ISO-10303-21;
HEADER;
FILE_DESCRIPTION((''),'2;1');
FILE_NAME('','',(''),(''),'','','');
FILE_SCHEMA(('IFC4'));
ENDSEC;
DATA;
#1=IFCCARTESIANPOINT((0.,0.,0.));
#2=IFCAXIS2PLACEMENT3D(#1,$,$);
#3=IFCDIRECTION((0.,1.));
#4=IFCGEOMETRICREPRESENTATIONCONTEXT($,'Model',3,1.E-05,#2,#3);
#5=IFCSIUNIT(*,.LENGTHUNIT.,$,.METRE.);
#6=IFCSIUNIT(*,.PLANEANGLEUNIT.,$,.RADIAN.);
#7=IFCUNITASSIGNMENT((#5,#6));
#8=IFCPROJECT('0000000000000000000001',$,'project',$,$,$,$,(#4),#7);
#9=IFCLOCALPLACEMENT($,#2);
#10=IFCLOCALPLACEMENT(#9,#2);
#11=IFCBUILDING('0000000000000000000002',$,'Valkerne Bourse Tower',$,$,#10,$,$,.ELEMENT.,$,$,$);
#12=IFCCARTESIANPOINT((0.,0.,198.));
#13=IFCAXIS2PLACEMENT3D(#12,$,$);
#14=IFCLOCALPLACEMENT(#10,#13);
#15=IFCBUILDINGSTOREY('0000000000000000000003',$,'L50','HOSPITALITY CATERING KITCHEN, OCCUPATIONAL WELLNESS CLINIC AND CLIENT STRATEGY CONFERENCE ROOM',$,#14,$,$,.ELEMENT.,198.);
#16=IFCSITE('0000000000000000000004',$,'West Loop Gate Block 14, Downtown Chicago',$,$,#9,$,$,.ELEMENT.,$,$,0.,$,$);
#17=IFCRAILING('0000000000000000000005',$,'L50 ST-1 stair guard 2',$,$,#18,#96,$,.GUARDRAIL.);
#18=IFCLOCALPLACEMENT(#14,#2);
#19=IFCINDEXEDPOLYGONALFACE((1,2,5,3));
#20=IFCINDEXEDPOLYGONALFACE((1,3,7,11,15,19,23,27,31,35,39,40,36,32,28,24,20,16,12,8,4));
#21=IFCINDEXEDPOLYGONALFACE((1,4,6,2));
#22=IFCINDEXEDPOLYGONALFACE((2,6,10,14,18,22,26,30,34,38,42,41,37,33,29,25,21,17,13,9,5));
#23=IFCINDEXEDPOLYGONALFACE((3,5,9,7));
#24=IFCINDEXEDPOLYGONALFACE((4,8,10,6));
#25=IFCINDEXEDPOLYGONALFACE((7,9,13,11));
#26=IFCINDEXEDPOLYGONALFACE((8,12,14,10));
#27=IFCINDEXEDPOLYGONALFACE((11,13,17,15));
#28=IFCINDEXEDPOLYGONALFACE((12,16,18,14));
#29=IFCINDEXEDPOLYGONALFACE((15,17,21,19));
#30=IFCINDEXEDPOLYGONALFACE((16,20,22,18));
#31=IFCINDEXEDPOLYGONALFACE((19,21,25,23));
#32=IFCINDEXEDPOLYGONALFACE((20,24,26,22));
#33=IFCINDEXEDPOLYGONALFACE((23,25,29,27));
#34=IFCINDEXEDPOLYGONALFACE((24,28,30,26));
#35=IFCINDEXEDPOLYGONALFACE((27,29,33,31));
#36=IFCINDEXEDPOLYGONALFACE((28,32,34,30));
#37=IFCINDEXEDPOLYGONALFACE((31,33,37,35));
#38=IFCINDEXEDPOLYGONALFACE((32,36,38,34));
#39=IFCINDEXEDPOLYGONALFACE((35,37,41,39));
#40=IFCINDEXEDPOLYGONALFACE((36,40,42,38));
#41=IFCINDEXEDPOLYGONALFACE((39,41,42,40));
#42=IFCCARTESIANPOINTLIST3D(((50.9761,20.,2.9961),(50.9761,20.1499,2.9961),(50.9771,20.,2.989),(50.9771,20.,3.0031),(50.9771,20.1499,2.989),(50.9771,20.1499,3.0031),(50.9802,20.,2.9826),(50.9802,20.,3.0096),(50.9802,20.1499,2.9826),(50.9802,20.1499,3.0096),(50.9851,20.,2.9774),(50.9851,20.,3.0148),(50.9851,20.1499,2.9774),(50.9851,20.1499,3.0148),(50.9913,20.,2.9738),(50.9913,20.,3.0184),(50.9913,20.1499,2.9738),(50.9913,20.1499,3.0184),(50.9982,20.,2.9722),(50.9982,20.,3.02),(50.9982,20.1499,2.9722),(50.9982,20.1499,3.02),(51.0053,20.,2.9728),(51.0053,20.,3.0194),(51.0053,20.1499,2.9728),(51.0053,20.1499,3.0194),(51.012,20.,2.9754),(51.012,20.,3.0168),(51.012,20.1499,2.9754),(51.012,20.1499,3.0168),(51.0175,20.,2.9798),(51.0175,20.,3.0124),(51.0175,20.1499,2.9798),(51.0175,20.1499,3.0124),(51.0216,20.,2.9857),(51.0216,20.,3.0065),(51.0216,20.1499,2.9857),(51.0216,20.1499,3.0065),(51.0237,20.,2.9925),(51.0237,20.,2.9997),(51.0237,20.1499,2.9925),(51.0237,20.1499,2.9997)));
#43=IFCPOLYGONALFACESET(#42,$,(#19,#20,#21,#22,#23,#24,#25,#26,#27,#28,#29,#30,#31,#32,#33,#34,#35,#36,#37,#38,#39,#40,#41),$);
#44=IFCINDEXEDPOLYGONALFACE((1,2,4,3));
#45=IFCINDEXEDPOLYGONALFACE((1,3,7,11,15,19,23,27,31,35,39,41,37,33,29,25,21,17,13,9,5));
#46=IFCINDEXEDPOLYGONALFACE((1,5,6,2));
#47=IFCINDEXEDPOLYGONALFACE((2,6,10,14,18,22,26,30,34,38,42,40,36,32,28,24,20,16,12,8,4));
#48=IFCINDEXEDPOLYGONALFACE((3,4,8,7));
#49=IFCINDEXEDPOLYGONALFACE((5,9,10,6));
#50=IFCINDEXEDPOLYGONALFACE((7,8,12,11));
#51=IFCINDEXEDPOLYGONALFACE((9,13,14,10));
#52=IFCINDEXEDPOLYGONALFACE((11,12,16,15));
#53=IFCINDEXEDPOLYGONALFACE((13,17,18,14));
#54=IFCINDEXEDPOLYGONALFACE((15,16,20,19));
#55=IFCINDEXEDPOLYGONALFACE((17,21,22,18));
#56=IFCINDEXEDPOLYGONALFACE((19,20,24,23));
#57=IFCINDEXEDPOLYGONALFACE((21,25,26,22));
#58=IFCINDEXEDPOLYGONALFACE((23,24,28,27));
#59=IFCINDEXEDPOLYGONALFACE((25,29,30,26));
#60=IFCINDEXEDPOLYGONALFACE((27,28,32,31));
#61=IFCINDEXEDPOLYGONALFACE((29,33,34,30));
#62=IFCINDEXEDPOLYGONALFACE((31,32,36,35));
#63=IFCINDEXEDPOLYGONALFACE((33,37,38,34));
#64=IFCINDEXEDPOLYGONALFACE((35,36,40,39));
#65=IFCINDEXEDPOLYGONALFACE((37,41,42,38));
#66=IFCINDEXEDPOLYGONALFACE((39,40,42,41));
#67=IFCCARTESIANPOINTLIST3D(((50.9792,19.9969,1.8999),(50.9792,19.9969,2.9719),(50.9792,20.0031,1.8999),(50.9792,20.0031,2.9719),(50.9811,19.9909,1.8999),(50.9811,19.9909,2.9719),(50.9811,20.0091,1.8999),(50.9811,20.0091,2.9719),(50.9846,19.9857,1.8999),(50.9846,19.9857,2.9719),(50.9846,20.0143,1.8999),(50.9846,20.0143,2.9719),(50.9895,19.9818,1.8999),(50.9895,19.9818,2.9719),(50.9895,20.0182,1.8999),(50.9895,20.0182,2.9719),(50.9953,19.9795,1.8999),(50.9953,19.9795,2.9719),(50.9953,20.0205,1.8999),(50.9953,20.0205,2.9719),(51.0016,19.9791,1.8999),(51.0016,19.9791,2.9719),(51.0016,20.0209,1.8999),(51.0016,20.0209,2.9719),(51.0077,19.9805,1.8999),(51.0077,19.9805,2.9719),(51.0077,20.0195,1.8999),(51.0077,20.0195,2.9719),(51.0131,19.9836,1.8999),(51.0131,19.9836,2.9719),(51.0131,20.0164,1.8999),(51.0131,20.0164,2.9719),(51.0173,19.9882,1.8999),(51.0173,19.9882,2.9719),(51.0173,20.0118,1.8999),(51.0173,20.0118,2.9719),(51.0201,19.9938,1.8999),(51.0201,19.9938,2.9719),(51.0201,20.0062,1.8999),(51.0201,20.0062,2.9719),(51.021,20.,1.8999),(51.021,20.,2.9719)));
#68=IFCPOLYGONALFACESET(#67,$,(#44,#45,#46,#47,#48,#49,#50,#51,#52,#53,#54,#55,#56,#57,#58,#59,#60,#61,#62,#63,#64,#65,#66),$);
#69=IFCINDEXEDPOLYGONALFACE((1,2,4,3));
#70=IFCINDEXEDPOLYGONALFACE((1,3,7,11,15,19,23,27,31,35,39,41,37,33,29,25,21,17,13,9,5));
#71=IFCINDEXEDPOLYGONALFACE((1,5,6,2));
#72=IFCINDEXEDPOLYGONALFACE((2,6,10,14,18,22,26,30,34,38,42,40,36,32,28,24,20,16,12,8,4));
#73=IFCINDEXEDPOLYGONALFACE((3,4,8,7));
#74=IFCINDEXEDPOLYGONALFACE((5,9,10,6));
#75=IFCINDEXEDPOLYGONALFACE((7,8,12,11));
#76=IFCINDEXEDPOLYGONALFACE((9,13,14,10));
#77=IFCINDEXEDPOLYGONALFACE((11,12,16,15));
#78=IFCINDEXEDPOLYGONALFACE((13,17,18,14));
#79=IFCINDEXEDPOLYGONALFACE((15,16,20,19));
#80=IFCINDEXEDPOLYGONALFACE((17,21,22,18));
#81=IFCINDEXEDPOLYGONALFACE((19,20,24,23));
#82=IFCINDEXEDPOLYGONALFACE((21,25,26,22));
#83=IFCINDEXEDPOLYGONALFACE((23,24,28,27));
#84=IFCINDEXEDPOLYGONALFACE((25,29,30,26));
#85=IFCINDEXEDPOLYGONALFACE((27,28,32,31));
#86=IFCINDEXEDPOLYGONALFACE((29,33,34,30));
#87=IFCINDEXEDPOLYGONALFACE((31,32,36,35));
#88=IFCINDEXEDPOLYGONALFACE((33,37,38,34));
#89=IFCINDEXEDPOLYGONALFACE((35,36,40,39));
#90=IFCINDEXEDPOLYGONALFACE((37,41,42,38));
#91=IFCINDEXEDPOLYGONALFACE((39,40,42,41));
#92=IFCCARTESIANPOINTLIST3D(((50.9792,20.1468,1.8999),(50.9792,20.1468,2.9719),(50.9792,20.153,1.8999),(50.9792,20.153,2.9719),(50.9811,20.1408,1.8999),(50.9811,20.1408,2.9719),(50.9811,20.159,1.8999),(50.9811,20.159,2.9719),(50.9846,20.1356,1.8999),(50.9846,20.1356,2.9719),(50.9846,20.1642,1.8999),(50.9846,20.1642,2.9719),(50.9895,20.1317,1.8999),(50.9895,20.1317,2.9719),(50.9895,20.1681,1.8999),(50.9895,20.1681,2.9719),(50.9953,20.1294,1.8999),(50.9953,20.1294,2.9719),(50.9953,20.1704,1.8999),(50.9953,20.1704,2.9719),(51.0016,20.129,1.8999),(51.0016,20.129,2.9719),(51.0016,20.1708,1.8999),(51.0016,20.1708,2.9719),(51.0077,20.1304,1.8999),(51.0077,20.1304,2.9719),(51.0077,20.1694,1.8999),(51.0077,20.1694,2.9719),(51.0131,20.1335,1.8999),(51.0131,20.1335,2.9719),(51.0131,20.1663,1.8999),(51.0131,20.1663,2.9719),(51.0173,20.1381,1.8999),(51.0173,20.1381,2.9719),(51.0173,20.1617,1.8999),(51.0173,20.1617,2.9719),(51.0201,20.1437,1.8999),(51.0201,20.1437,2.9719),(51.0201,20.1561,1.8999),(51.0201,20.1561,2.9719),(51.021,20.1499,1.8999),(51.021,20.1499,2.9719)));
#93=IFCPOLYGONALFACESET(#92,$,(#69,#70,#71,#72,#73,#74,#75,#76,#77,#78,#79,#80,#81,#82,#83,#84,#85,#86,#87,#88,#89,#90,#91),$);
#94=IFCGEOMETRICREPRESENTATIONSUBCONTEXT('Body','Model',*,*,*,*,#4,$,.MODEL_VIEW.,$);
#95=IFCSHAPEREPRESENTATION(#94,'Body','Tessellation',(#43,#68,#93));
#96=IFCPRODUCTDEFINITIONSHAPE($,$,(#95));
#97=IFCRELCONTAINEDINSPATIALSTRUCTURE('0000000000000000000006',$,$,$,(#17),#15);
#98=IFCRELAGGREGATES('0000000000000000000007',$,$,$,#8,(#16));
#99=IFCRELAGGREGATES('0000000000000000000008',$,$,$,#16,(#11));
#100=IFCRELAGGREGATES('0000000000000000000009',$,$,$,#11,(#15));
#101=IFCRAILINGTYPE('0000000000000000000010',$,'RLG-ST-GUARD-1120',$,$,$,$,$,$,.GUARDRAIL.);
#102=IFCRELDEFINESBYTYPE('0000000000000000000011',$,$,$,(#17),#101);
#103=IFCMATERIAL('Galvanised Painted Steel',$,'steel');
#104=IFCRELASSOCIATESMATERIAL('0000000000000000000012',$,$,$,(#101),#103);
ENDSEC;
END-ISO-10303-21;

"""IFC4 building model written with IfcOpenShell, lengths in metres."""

from ifc_helpers import new_model, si_unit, direction, frame, origin, origin_2d, place, context, subcontext, project, spatial, circle, extrude, material, type_object, element, save


model = new_model("IFC4")

# Units and contexts
model_context = context("Model", 3, precision=1e-05, world=origin(), true_north=direction((0.0, 1.0)))
body_context = subcontext(model_context, "Body", "Model", "MODEL_VIEW")
ifc_project = project(units=[si_unit("LENGTHUNIT", "METRE"), si_unit("PLANEANGLEUNIT", "RADIAN")], contexts=[model_context])

# Site, building, storey
site_placement = place(None, origin())
site = spatial("IfcSite", under=ifc_project, at=site_placement, Name="West Loop Gate Block 14, Downtown Chicago", CompositionType="ELEMENT", RefElevation=0.0)
building_placement = place(site_placement, origin())
building = spatial("IfcBuilding", under=site, at=building_placement, Name="Valkerne Bourse Tower", CompositionType="ELEMENT")
storey_placement = place(building_placement, frame((0.0, 0.0, 198.0)))
storey = spatial("IfcBuildingStorey", under=building, at=storey_placement, Name="L50", Description="HOSPITALITY CATERING KITCHEN, OCCUPATIONAL WELLNESS CLINIC AND CLIENT STRATEGY CONFERENCE ROOM", CompositionType="ELEMENT", Elevation=198.0)

# Shared definitions
ifc_material_1 = material(Name="Galvanised Painted Steel", Category="steel")

# Railing
railing_type_1 = type_object("IfcRailingType", Name="RLG-ST-GUARD-1120", PredefinedType="GUARDRAIL", material=ifc_material_1)
railing_1_placement = place(storey_placement, frame((51.0, 20.0, 1.8999)))
element("IfcRailing", 1, at=railing_1_placement, inside=storey, type_object=railing_type_1, Name="L50 ST-1 stair guard 2", PredefinedType="GUARDRAIL", context=body_context, shape_type="SweptSolid", body=[
    extrude(circle(Radius=0.0239, at=origin_2d()), frame((0.0, 0.0, 1.0962), z_axis=(0.0, 1.0, 0.0), x_axis=(-1.0, 0.0, 0.0)), (0.0, 0.0, 1.0), 0.1499),
    extrude(circle(Radius=0.021, at=origin_2d()), origin(), (0.0, 0.0, 1.0), 1.072),
    extrude(circle(Radius=0.021, at=origin_2d()), frame((0.0, 0.1499, 0.0)), (0.0, 0.0, 1.0), 1.072),
])

save(model, "model.ifc")
